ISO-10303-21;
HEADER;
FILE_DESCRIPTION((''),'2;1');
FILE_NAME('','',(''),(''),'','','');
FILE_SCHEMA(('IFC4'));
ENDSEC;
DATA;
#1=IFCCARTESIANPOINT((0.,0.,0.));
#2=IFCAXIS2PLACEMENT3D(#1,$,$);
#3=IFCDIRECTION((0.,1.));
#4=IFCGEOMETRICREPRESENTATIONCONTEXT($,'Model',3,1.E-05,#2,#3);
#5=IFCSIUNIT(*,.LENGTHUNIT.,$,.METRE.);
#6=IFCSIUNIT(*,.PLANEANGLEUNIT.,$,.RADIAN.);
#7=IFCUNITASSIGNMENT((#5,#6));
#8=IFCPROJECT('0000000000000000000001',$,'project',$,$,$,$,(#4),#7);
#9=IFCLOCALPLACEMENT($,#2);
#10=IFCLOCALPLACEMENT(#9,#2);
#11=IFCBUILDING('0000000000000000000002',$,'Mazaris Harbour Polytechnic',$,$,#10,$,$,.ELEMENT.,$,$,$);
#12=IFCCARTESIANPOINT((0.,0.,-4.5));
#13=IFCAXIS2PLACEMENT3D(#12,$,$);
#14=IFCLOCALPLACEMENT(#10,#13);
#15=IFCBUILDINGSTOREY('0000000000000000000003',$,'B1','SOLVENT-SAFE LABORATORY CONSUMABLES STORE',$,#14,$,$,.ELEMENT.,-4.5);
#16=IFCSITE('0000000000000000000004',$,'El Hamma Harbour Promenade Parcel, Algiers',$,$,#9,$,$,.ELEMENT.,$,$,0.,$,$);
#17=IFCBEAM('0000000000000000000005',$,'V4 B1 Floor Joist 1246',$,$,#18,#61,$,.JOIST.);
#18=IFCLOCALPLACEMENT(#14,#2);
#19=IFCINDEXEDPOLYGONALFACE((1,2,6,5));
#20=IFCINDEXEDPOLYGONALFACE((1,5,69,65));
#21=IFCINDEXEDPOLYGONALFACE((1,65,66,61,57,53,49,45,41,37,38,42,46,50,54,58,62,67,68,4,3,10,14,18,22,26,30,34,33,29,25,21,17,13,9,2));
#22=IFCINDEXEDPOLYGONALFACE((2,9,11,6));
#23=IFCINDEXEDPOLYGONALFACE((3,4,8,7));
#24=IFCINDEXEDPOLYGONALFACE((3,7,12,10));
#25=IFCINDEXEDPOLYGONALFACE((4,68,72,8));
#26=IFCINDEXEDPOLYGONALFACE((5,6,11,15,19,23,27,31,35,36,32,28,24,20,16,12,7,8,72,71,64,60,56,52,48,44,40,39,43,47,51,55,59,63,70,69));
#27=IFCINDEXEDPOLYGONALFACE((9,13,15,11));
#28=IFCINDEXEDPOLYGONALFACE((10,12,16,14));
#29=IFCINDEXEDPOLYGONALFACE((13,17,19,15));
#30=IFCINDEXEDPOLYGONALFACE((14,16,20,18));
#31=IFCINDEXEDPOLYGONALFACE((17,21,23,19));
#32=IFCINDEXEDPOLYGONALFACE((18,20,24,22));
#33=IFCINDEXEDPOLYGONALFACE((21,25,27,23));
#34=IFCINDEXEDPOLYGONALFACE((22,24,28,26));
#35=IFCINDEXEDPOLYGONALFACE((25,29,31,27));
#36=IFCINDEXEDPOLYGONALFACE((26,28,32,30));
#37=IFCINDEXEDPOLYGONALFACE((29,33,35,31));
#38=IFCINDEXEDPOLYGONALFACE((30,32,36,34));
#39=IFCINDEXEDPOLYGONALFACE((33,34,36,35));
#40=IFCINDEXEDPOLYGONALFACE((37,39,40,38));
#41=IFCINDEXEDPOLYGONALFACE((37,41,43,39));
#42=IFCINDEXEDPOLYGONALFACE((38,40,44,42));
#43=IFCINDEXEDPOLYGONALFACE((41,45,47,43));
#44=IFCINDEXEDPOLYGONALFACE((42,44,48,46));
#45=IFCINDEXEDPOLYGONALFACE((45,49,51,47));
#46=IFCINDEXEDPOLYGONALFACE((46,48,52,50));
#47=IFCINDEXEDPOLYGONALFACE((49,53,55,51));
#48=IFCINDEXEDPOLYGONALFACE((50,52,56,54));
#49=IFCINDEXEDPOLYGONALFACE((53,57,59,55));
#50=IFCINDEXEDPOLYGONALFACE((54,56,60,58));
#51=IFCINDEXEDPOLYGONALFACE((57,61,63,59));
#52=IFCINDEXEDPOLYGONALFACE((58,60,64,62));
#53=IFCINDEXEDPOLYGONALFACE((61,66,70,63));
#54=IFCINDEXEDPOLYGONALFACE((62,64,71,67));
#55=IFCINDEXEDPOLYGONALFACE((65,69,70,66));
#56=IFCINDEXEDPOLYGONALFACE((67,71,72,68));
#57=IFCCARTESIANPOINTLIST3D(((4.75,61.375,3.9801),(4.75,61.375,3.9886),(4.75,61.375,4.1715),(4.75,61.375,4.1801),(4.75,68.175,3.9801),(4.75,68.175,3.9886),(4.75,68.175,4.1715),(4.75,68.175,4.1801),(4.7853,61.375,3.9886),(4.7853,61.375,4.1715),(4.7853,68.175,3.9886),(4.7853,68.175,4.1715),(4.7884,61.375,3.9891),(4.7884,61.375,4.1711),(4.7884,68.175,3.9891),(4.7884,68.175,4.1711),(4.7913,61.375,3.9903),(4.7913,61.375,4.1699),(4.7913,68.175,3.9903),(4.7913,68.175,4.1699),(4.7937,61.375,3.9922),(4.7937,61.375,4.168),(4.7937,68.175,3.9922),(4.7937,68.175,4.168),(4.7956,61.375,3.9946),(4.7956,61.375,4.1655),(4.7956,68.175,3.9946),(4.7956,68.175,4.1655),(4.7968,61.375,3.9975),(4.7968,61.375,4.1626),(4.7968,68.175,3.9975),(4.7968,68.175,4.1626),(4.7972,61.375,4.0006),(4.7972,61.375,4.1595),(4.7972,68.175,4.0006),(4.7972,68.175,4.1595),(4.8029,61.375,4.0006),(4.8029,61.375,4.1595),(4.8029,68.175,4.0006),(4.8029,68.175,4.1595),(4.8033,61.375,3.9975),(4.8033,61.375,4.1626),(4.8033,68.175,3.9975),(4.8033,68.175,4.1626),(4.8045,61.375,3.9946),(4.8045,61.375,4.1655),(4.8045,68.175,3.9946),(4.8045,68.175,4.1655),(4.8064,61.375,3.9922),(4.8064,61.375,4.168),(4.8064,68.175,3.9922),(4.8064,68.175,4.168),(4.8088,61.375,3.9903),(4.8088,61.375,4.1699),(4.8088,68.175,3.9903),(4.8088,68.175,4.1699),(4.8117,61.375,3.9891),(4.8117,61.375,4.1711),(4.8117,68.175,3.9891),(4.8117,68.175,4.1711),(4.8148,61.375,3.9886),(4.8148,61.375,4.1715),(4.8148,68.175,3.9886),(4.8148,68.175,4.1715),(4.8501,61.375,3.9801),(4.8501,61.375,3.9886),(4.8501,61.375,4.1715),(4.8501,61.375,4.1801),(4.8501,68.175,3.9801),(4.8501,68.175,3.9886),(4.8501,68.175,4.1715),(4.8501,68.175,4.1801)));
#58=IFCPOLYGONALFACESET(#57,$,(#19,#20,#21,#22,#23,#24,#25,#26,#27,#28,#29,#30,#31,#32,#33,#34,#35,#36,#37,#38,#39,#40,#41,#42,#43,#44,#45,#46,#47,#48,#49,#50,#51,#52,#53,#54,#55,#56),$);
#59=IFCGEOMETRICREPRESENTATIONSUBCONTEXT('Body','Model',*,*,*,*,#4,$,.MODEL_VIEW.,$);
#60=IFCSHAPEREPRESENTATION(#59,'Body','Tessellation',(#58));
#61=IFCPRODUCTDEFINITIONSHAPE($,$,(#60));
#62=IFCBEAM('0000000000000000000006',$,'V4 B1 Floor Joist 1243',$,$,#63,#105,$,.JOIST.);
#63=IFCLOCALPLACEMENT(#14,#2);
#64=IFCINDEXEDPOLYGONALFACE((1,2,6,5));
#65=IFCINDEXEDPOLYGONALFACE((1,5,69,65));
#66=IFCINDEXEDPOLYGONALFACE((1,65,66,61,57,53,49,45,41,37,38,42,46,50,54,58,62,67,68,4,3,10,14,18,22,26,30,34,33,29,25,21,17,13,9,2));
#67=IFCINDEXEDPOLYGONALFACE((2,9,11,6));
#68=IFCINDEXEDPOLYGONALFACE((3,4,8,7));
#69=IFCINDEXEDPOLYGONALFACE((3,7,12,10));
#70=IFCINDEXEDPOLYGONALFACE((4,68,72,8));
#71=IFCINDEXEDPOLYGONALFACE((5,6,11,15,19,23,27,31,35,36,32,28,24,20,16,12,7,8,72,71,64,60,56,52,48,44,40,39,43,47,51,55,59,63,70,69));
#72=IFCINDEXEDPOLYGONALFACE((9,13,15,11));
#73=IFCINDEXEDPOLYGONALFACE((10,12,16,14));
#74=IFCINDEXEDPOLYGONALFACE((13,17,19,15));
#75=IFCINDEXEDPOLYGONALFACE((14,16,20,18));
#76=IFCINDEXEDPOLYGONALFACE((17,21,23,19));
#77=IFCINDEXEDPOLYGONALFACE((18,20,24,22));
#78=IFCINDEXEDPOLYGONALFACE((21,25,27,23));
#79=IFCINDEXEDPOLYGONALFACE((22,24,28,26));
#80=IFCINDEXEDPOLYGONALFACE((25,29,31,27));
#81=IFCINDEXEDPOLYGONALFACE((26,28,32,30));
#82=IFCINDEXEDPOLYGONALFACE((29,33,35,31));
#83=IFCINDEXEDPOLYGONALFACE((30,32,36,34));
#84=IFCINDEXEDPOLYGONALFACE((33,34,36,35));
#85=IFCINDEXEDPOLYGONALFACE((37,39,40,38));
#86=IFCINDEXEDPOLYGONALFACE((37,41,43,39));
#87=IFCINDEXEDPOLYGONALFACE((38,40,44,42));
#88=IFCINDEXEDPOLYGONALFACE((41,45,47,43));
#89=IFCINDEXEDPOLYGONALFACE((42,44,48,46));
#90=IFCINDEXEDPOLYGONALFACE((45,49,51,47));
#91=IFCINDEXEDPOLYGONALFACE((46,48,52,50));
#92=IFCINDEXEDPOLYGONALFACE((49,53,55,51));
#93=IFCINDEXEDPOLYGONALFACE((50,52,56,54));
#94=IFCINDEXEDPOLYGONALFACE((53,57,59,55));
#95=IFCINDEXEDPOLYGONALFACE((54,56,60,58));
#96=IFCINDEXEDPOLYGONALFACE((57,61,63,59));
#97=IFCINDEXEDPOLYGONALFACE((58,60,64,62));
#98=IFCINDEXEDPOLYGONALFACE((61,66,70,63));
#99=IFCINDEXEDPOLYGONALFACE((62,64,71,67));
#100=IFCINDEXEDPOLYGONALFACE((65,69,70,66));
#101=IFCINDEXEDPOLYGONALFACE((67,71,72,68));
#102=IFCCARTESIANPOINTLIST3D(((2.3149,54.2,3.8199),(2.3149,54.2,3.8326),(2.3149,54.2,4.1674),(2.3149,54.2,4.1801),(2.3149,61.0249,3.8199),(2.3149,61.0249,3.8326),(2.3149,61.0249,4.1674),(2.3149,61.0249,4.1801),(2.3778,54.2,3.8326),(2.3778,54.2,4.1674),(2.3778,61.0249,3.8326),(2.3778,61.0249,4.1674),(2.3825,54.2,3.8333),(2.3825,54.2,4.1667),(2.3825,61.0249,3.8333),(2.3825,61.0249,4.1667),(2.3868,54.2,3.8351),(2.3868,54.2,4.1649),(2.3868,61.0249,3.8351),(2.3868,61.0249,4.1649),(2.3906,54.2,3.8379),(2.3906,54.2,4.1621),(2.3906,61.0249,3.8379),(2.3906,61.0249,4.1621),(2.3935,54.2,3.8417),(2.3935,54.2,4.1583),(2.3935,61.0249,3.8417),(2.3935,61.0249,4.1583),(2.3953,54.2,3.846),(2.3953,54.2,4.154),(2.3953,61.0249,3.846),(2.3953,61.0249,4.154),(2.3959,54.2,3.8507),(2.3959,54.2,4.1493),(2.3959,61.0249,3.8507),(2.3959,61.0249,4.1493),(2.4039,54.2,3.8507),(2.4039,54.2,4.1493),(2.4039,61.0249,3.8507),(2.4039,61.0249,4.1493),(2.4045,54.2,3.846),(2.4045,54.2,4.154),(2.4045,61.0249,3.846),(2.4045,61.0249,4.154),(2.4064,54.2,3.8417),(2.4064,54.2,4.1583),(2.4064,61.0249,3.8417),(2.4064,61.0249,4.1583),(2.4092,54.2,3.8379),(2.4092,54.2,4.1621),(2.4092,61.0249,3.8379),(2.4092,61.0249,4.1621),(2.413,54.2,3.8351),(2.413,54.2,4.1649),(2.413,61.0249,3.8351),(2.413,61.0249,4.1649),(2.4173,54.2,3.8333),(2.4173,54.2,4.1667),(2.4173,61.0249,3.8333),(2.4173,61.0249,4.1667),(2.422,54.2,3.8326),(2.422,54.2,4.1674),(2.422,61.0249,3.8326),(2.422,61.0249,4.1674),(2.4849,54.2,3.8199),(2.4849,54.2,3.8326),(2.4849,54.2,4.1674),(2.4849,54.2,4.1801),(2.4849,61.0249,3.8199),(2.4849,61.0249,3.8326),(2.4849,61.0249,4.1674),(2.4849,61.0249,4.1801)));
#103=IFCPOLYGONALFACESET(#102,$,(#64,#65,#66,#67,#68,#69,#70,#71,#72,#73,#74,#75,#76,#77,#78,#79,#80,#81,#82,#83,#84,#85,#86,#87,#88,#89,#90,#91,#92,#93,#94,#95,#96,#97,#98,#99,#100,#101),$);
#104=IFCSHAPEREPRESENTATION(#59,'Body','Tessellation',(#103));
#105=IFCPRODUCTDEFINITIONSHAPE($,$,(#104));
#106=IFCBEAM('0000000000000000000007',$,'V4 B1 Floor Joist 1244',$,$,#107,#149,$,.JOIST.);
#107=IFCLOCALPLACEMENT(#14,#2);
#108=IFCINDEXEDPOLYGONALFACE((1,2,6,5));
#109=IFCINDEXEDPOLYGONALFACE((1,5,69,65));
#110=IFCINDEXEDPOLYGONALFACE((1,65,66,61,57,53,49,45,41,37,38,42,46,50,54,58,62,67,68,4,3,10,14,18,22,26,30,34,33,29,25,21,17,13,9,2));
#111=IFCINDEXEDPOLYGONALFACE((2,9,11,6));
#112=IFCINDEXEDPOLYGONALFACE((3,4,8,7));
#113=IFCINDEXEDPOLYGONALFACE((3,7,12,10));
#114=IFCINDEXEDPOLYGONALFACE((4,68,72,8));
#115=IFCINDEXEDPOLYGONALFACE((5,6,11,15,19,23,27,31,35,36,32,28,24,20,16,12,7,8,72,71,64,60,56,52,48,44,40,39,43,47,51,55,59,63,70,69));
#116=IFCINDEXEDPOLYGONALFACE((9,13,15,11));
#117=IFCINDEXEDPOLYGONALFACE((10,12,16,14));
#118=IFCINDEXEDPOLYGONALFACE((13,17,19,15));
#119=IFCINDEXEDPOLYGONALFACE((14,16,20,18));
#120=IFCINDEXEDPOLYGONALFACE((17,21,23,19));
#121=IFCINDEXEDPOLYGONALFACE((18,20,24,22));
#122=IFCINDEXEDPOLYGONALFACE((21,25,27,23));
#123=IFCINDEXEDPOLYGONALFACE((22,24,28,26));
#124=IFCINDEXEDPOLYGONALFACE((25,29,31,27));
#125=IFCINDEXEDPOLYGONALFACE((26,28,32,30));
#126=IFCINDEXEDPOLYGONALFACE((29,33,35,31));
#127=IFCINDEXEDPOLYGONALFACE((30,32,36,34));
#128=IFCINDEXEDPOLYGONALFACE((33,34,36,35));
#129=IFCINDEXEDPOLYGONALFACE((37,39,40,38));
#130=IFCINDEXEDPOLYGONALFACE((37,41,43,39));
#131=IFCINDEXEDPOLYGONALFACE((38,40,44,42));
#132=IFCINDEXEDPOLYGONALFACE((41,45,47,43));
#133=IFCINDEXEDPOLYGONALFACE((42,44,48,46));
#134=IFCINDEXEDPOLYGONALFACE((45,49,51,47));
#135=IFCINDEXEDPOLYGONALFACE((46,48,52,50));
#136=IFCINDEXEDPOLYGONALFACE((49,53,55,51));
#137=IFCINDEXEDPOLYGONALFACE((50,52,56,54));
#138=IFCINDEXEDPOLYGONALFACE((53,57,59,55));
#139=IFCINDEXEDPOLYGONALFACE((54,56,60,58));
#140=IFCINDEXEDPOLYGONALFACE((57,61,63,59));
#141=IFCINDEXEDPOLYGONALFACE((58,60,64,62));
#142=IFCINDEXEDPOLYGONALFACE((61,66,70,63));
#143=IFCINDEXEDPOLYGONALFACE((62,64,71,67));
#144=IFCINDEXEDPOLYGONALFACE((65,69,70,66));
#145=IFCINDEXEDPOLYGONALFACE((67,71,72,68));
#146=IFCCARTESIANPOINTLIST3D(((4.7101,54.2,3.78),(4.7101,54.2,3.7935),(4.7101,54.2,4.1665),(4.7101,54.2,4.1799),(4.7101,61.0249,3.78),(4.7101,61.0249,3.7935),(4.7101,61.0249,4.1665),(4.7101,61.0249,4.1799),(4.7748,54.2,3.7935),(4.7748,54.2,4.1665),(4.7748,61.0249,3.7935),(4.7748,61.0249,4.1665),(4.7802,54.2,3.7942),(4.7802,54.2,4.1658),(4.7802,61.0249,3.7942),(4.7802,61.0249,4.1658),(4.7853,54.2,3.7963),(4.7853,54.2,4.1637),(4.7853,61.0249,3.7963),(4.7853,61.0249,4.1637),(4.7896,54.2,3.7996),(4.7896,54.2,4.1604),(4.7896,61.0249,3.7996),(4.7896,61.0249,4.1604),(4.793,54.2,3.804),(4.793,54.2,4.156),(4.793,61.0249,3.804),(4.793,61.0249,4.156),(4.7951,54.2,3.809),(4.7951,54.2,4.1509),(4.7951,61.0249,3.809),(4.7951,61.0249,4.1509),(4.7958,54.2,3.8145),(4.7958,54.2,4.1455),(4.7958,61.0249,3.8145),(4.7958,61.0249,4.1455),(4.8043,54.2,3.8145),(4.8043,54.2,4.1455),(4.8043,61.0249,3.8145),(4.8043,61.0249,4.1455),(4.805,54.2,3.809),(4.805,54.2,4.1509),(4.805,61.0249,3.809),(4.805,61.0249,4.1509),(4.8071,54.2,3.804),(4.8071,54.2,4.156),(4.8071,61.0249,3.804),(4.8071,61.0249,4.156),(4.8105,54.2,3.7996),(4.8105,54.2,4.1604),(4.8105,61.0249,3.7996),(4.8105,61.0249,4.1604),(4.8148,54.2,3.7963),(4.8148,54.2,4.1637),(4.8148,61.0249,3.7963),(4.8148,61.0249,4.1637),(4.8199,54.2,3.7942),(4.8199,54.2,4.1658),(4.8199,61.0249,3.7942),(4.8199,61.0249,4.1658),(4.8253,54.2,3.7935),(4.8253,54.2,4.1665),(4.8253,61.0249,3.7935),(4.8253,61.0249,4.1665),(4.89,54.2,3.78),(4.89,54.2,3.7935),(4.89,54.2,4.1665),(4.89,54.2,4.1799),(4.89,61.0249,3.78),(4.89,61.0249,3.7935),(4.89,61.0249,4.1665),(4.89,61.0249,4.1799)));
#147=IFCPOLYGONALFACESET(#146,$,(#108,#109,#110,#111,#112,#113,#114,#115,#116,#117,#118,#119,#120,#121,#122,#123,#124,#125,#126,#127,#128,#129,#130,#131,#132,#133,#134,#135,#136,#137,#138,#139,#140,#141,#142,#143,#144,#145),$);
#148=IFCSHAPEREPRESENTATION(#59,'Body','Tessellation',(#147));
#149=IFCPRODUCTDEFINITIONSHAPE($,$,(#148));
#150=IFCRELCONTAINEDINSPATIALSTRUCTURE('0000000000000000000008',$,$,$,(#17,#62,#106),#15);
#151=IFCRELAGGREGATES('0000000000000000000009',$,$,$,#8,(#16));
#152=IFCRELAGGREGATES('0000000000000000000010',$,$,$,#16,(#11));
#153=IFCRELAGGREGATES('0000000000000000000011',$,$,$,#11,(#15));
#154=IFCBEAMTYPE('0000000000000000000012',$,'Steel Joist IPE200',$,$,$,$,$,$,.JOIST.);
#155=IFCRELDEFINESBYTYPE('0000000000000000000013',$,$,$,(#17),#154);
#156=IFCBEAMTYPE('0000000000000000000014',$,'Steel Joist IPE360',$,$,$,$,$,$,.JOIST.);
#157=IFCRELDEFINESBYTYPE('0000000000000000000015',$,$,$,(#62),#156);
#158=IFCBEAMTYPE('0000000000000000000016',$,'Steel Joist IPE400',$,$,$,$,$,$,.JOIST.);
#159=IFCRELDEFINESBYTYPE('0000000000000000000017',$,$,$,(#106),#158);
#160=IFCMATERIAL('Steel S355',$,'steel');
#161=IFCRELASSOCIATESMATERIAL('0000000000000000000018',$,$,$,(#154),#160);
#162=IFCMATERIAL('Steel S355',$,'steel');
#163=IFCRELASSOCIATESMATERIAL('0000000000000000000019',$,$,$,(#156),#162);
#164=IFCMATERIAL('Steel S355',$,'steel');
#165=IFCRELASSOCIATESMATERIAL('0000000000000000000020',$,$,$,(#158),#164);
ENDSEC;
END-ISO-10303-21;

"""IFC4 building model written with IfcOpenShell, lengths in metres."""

from ifc_helpers import new_model, si_unit, direction, frame, origin, origin_2d, place, context, subcontext, project, spatial, i_section, extrude, material, material_profile, profile_set, type_object, element, save


model = new_model("IFC4")

# Units and contexts
model_context = context("Model", 3, precision=1e-05, world=origin(), true_north=direction((0.0, 1.0)))
body_context = subcontext(model_context, "Body", "Model", "MODEL_VIEW")
ifc_project = project(units=[si_unit("LENGTHUNIT", "METRE"), si_unit("PLANEANGLEUNIT", "RADIAN")], contexts=[model_context])

# Site, building, storey
site_placement = place(None, origin())
site = spatial("IfcSite", under=ifc_project, at=site_placement, Name="El Hamma Harbour Promenade Parcel, Algiers", CompositionType="ELEMENT", RefElevation=0.0)
building_placement = place(site_placement, origin())
building = spatial("IfcBuilding", under=site, at=building_placement, Name="Mazaris Harbour Polytechnic", CompositionType="ELEMENT")
storey_placement = place(building_placement, frame((0.0, 0.0, -4.5)))
storey = spatial("IfcBuildingStorey", under=building, at=storey_placement, Name="B1", Description="SOLVENT-SAFE LABORATORY CONSUMABLES STORE", CompositionType="ELEMENT", Elevation=-4.5)

# Beams
ifc_material_1 = material(Name="Steel S355", Category="steel")
ifc_material_profile_1 = material_profile(ifc_material_1, i_section(OverallWidth=0.1001, OverallDepth=0.2, WebThickness=0.0056, FlangeThickness=0.0085, FilletRadius=0.012, at=origin_2d()), Name="IPE 200")
ifc_profile_set_1 = profile_set([ifc_material_profile_1], Name="Steel S355")
beam_type_1 = type_object("IfcBeamType", Name="Steel Joist IPE200", PredefinedType="JOIST", material=ifc_profile_set_1)
beam_1_placement = place(storey_placement, frame((4.8, 61.375, 4.0801), z_axis=(0.0, 1.0, 0.0), x_axis=(-1.0, 0.0, 0.0)))
element("IfcBeam", 1, at=beam_1_placement, inside=storey, type_object=beam_type_1, Name="V4 B1 Floor Joist 1246", PredefinedType="JOIST", context=body_context, shape_type="SweptSolid", body=[
    extrude(i_section(OverallWidth=0.1001, OverallDepth=0.2, WebThickness=0.0056, FlangeThickness=0.0085, FilletRadius=0.012, at=origin_2d()), origin(), (0.0, 0.0, 1.0), 6.8),
])
ifc_material_2 = material(Name="Steel S355", Category="steel")
ifc_material_profile_2 = material_profile(ifc_material_2, i_section(OverallWidth=0.1699, OverallDepth=0.3601, WebThickness=0.0081, FlangeThickness=0.0127, FilletRadius=0.0181, at=origin_2d()), Name="IPE 360")
ifc_profile_set_2 = profile_set([ifc_material_profile_2], Name="Steel S355")
beam_type_2 = type_object("IfcBeamType", Name="Steel Joist IPE360", PredefinedType="JOIST", material=ifc_profile_set_2)
beam_2_placement = place(storey_placement, frame((2.3999, 54.2, 4.0), z_axis=(0.0, 1.0, 0.0), x_axis=(-1.0, 0.0, 0.0)))
element("IfcBeam", 2, at=beam_2_placement, inside=storey, type_object=beam_type_2, Name="V4 B1 Floor Joist 1243", PredefinedType="JOIST", context=body_context, shape_type="SweptSolid", body=[
    extrude(i_section(OverallWidth=0.1699, OverallDepth=0.3601, WebThickness=0.0081, FlangeThickness=0.0127, FilletRadius=0.0181, at=origin_2d()), origin(), (0.0, 0.0, 1.0), 6.825),
])
ifc_material_3 = material(Name="Steel S355", Category="steel")
ifc_material_profile_3 = material_profile(ifc_material_3, i_section(OverallWidth=0.1799, OverallDepth=0.3999, WebThickness=0.0085, FlangeThickness=0.0134, FilletRadius=0.021, at=origin_2d()), Name="IPE 400")
ifc_profile_set_3 = profile_set([ifc_material_profile_3], Name="Steel S355")
beam_type_3 = type_object("IfcBeamType", Name="Steel Joist IPE400", PredefinedType="JOIST", material=ifc_profile_set_3)
beam_3_placement = place(storey_placement, frame((4.8, 54.2, 3.98), z_axis=(0.0, 1.0, 0.0), x_axis=(-1.0, 0.0, 0.0)))
element("IfcBeam", 3, at=beam_3_placement, inside=storey, type_object=beam_type_3, Name="V4 B1 Floor Joist 1244", PredefinedType="JOIST", context=body_context, shape_type="SweptSolid", body=[
    extrude(i_section(OverallWidth=0.1799, OverallDepth=0.3999, WebThickness=0.0085, FlangeThickness=0.0134, FilletRadius=0.021, at=origin_2d()), origin(), (0.0, 0.0, 1.0), 6.825),
])

save(model, "model.ifc")
